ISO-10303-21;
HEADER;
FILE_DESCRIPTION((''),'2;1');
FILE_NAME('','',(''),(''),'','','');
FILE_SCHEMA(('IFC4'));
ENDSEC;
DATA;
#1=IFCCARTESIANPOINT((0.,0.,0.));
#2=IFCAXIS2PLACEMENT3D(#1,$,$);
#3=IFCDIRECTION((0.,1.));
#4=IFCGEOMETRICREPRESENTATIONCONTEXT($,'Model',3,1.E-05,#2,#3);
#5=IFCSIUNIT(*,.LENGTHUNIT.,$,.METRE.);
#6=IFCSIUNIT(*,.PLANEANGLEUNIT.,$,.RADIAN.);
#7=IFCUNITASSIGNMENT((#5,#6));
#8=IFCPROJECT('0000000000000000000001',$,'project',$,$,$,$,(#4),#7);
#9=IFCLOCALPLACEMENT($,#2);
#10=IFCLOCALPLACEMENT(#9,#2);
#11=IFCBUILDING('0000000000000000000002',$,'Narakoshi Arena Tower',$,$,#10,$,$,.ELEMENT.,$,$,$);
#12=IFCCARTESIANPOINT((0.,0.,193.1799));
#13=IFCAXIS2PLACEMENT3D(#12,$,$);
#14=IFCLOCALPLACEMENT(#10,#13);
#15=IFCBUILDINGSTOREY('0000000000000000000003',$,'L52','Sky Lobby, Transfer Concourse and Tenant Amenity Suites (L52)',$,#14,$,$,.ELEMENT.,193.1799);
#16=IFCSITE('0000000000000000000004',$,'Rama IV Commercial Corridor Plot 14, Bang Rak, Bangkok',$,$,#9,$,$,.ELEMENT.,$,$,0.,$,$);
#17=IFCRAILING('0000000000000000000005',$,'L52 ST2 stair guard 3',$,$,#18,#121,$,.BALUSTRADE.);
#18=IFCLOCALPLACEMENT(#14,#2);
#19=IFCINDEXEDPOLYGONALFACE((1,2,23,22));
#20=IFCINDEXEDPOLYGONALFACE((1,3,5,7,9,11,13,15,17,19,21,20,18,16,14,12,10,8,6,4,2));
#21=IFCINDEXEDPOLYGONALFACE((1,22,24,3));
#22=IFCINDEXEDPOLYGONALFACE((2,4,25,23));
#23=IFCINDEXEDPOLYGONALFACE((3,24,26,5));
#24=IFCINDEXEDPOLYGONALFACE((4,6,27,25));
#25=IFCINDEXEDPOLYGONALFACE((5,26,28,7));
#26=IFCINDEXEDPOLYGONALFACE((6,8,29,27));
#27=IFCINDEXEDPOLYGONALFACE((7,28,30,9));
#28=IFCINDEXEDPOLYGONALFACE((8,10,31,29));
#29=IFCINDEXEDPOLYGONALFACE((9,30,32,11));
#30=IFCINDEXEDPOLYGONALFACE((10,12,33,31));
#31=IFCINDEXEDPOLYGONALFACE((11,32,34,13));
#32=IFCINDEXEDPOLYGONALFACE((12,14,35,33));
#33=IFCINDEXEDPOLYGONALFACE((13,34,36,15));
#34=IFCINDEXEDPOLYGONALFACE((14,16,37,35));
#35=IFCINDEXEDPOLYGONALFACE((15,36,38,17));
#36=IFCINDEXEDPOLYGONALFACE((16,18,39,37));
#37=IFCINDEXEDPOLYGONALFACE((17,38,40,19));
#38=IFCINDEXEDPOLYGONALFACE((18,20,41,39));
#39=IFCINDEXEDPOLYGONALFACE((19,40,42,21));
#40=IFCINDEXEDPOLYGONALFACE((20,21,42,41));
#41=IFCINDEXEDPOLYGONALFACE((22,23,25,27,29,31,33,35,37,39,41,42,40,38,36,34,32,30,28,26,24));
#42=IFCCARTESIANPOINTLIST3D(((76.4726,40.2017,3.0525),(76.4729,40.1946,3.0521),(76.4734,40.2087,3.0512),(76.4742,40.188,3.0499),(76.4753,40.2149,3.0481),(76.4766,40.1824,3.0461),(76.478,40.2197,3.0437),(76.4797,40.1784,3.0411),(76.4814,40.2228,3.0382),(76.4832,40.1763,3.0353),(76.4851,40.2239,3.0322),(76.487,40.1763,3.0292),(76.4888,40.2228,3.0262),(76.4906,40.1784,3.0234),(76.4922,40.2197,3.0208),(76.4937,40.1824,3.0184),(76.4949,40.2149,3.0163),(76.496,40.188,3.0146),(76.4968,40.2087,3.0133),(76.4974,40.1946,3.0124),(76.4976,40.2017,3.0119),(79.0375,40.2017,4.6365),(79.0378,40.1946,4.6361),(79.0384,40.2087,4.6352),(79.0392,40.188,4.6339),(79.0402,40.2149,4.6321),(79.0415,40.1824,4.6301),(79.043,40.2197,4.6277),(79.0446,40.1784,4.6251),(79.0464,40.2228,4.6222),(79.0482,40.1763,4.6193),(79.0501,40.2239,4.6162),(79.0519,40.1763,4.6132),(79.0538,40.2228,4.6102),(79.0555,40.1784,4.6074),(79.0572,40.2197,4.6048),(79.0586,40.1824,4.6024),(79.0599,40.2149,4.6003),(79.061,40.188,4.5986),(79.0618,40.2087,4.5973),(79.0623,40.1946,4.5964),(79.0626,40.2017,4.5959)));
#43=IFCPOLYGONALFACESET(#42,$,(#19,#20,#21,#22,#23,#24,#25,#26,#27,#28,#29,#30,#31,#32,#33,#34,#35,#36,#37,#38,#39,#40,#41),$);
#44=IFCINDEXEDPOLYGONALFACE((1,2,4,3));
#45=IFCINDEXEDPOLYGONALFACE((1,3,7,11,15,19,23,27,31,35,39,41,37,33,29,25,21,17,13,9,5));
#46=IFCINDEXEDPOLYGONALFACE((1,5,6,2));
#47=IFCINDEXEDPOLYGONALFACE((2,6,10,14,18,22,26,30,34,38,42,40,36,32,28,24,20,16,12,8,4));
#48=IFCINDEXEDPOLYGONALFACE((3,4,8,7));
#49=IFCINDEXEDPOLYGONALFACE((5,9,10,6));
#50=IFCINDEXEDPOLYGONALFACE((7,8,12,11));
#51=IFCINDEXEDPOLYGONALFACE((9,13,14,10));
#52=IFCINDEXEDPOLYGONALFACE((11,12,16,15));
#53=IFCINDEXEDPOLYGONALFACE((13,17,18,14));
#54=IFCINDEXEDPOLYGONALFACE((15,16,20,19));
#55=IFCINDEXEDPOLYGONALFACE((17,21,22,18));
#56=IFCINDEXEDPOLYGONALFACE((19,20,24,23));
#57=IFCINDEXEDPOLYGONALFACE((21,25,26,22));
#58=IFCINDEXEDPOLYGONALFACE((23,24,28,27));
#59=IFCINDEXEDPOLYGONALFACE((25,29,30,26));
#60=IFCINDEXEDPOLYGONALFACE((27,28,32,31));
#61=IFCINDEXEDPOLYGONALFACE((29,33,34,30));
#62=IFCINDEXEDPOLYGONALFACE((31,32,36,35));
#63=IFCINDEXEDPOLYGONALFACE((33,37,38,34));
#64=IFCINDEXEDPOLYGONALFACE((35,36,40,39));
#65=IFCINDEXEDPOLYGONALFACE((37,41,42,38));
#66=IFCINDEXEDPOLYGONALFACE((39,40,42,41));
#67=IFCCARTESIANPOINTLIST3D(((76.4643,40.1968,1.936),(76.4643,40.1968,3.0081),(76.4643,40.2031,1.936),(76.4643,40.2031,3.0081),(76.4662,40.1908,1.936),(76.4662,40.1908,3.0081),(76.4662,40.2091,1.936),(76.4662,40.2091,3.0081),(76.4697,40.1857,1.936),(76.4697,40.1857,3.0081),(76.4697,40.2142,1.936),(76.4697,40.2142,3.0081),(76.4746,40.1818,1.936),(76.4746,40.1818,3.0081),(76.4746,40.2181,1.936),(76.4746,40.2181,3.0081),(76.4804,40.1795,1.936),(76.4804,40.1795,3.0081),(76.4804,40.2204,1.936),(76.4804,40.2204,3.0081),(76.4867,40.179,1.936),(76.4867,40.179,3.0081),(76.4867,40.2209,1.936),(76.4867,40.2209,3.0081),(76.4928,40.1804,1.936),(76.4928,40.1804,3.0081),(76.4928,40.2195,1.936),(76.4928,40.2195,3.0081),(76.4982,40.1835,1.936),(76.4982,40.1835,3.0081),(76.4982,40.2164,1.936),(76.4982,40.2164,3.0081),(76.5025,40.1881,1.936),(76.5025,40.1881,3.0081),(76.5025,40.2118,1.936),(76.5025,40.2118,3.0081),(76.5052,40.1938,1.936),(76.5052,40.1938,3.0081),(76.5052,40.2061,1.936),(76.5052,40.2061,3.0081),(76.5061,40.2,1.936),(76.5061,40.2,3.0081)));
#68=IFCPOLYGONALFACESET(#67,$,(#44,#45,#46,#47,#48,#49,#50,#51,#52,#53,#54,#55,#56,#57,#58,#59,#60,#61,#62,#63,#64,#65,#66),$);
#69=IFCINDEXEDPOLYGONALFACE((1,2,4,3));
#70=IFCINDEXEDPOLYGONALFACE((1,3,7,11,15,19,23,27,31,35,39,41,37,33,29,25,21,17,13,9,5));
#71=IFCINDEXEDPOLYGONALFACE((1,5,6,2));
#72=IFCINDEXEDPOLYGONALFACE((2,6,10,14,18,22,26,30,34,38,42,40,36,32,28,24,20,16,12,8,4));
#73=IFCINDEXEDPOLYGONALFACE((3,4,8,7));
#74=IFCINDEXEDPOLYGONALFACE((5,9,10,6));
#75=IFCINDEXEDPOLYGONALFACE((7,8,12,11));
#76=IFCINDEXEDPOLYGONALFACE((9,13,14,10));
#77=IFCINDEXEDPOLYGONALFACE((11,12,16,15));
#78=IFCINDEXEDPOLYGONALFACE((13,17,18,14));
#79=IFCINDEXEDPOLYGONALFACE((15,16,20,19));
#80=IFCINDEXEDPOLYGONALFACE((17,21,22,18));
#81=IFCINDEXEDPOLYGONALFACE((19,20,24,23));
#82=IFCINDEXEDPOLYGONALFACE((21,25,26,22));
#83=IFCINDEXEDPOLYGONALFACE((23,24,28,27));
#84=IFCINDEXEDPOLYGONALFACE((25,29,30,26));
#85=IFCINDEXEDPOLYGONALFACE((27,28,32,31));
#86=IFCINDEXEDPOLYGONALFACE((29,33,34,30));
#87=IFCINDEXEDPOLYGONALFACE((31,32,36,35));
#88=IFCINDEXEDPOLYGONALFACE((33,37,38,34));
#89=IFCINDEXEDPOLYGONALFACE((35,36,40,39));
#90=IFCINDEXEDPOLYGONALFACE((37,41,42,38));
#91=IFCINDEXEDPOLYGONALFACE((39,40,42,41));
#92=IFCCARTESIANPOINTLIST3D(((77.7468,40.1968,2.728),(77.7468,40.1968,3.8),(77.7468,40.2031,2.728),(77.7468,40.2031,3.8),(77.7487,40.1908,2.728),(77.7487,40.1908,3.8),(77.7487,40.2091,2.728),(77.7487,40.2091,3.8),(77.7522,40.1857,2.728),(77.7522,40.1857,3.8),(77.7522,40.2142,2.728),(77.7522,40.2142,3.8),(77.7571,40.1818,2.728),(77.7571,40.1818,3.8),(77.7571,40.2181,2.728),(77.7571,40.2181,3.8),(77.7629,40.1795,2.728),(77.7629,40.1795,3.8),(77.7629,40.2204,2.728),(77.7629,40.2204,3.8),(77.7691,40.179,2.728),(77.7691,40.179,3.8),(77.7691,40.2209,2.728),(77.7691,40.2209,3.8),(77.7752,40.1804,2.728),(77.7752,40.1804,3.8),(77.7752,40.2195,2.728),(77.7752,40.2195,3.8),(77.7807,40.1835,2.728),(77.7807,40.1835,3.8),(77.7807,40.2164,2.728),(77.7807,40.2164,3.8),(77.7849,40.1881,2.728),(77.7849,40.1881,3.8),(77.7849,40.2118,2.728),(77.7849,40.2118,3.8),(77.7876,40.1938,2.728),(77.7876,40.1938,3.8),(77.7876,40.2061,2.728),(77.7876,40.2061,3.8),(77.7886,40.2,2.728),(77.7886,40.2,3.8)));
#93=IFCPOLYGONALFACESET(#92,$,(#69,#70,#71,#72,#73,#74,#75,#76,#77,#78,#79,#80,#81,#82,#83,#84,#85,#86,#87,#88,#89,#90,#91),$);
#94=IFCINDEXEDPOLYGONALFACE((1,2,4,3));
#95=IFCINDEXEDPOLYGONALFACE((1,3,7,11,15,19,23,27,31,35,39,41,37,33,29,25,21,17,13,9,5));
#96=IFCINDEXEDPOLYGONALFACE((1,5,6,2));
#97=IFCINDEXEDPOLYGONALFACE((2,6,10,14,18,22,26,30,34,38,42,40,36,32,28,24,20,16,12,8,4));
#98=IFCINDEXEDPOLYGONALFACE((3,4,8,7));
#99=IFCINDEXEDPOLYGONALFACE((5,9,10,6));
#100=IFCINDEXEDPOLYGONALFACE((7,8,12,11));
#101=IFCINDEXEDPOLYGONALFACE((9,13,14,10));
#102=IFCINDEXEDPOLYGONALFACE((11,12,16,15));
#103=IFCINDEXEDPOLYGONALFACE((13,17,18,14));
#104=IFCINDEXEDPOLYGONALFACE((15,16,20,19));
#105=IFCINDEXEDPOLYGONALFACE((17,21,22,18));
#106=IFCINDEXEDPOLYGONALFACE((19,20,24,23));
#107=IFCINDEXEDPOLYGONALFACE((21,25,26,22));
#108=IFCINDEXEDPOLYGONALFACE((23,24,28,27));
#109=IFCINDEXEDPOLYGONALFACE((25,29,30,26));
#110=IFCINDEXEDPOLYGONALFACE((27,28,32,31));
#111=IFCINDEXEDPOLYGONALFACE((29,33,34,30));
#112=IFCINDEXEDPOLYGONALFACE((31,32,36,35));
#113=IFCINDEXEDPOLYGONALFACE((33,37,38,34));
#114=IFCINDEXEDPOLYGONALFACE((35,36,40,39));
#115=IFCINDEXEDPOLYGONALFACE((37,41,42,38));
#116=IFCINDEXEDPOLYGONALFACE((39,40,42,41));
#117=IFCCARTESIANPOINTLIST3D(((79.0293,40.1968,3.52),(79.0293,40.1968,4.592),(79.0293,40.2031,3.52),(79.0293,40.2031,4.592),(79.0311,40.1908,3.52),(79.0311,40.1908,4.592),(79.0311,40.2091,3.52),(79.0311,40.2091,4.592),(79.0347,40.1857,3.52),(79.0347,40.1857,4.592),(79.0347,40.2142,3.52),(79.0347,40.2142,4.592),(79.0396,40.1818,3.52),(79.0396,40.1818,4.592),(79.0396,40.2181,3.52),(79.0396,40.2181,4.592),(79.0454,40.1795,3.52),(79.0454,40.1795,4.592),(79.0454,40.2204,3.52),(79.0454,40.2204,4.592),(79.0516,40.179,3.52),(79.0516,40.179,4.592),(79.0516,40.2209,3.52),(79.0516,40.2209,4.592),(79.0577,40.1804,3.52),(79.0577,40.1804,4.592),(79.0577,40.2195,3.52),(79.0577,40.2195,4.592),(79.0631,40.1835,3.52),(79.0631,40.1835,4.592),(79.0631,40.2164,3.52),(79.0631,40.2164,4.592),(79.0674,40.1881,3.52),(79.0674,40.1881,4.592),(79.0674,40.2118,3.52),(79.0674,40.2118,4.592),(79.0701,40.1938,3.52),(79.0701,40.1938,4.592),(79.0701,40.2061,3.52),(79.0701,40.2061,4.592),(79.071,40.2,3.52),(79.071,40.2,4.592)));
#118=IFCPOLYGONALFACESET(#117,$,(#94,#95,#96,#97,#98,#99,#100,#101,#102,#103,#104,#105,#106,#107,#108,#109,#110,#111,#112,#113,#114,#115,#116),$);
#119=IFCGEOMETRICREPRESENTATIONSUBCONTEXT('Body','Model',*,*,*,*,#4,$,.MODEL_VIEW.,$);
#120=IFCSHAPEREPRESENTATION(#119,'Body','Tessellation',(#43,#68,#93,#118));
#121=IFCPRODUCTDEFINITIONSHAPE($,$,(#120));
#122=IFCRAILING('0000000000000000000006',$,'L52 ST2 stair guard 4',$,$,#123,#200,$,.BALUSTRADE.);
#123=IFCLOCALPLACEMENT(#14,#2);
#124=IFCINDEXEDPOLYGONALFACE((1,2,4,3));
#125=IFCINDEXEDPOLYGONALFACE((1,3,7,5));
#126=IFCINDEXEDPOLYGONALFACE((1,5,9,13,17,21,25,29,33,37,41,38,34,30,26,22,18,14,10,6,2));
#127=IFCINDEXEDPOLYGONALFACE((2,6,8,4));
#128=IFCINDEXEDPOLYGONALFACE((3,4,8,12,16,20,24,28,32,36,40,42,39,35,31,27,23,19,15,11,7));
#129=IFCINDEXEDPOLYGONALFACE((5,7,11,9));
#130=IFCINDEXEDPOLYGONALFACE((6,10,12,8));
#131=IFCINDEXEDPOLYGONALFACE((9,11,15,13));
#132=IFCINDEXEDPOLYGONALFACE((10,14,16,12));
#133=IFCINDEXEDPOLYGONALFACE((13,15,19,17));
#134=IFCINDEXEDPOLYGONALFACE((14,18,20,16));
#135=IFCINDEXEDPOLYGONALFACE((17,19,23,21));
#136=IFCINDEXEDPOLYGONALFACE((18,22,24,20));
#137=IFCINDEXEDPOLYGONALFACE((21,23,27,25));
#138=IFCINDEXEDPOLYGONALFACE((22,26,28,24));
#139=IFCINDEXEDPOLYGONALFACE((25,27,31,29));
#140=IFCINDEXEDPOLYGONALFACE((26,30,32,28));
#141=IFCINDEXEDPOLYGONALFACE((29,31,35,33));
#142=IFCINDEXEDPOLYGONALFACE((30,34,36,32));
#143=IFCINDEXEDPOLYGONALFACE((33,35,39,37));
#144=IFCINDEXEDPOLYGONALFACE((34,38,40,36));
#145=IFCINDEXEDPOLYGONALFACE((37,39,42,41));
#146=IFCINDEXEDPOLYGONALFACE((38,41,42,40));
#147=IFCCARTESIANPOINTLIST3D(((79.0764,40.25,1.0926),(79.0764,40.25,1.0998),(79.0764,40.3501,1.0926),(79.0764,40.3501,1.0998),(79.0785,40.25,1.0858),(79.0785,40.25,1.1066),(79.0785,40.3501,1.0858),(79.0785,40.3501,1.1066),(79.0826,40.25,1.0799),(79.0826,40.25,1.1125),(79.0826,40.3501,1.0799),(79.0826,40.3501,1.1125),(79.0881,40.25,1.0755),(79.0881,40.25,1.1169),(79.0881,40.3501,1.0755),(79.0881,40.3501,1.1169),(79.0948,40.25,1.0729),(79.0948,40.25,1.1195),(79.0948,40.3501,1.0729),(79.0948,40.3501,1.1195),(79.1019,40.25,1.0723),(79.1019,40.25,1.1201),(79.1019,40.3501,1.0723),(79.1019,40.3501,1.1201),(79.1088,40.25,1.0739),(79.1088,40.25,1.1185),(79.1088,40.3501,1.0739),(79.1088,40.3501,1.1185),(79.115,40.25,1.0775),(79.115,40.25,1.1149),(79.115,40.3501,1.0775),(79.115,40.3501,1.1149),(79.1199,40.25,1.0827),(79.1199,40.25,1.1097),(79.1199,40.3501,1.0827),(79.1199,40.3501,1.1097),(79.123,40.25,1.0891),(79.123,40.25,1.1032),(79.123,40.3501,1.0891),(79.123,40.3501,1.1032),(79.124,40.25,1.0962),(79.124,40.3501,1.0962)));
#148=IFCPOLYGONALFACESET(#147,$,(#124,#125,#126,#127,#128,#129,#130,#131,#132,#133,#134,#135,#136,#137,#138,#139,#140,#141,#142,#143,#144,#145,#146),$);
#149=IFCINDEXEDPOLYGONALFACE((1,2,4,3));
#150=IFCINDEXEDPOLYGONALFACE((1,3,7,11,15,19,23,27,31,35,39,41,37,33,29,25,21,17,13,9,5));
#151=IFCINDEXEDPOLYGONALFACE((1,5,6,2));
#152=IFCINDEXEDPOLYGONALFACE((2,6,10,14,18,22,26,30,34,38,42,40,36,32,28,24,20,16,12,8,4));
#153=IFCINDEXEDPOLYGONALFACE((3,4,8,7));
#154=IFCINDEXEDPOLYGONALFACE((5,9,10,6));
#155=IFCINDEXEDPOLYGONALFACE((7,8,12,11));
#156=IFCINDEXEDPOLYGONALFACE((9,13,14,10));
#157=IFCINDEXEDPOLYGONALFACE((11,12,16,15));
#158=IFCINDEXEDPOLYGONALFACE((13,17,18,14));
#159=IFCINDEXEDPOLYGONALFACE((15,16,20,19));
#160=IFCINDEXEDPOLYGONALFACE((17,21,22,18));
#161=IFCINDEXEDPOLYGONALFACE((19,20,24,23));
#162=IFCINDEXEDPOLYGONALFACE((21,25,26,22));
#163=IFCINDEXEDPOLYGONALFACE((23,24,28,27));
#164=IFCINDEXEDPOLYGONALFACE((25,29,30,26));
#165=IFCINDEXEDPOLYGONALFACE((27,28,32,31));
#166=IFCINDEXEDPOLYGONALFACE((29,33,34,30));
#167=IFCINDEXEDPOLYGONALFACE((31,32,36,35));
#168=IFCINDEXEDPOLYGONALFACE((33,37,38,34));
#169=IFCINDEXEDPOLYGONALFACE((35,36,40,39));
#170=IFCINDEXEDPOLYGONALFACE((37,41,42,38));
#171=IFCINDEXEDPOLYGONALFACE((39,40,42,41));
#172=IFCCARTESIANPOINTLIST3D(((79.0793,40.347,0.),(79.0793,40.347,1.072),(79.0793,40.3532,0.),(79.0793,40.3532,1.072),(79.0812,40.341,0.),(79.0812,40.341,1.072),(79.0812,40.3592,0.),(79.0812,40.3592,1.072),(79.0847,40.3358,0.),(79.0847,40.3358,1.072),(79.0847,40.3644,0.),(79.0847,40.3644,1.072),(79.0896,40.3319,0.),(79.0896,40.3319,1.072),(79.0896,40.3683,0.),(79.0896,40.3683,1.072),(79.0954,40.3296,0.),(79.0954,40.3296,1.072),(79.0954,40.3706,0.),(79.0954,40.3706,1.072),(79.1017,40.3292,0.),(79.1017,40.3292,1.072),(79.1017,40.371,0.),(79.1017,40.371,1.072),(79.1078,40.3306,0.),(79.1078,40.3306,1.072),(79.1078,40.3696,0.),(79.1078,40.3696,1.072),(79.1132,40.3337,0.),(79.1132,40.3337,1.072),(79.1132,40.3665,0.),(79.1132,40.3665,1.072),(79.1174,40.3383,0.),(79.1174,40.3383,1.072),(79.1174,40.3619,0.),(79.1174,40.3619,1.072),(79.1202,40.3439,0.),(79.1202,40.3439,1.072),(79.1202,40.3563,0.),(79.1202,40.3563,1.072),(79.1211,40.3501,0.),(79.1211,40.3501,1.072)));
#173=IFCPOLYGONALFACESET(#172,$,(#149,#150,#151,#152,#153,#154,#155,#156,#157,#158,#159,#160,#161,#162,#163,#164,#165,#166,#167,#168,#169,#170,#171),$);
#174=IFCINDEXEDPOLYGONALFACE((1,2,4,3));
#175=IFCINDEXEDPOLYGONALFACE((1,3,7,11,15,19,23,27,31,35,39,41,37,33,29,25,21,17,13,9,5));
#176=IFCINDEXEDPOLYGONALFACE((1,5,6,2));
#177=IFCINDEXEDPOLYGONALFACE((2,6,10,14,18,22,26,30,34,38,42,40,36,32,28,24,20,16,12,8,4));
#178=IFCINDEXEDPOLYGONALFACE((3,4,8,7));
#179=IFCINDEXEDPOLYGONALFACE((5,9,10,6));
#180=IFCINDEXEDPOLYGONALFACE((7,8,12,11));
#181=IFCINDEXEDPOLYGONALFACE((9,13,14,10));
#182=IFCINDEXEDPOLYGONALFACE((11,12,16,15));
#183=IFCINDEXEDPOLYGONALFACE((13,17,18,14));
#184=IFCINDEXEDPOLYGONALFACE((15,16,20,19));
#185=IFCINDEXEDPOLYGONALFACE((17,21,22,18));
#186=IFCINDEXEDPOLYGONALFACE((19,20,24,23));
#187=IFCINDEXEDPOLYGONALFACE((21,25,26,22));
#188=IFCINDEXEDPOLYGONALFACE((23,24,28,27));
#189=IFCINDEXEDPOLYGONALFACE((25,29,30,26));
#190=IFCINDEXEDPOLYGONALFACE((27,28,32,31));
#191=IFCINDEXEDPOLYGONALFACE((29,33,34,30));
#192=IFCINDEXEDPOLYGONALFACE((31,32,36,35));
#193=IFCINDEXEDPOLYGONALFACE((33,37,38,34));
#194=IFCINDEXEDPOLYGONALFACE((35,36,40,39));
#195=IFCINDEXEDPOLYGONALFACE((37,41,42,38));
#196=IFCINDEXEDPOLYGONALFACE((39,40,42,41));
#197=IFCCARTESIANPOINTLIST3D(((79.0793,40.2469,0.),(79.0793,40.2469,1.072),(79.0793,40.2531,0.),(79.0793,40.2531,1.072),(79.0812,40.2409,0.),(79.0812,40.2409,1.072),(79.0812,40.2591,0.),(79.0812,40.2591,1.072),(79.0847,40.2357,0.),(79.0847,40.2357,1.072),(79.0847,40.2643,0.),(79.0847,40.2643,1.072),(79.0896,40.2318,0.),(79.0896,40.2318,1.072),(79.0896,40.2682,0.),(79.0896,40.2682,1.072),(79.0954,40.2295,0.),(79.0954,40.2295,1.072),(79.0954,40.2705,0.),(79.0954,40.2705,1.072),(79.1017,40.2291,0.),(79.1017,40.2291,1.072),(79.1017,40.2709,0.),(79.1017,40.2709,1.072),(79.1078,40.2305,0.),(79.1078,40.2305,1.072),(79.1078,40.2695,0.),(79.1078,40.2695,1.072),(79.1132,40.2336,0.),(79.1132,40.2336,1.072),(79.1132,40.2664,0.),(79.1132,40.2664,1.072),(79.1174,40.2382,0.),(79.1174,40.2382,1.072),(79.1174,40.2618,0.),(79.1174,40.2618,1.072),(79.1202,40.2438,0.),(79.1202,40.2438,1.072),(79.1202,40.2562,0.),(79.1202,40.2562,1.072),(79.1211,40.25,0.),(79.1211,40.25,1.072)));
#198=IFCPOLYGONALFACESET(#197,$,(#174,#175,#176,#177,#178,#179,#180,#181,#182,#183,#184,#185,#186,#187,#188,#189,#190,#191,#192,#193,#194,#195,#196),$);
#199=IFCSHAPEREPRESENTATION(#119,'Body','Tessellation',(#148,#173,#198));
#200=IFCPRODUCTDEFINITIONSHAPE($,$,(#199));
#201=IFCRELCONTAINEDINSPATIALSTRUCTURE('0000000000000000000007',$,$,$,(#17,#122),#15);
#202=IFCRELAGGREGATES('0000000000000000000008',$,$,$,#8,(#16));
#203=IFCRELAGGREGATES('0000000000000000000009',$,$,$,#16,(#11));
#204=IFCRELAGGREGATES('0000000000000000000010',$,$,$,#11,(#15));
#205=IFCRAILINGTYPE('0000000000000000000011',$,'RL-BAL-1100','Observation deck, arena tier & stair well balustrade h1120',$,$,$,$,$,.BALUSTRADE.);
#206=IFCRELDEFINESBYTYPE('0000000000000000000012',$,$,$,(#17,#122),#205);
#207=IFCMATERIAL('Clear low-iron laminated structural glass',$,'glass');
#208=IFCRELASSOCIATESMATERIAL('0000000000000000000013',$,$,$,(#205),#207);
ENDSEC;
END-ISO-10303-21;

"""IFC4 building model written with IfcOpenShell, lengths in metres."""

from ifc_helpers import new_model, si_unit, direction, frame, origin, origin_2d, place, context, subcontext, project, spatial, circle, extrude, material, type_object, element, save


model = new_model("IFC4")

# Units and contexts
model_context = context("Model", 3, precision=1e-05, world=origin(), true_north=direction((0.0, 1.0)))
body_context = subcontext(model_context, "Body", "Model", "MODEL_VIEW")
ifc_project = project(units=[si_unit("LENGTHUNIT", "METRE"), si_unit("PLANEANGLEUNIT", "RADIAN")], contexts=[model_context])

# Site, building, storey
site_placement = place(None, origin())
site = spatial("IfcSite", under=ifc_project, at=site_placement, Name="Rama IV Commercial Corridor Plot 14, Bang Rak, Bangkok", CompositionType="ELEMENT", RefElevation=0.0)
building_placement = place(site_placement, origin())
building = spatial("IfcBuilding", under=site, at=building_placement, Name="Narakoshi Arena Tower", CompositionType="ELEMENT")
storey_placement = place(building_placement, frame((0.0, 0.0, 193.1799)))
storey = spatial("IfcBuildingStorey", under=building, at=storey_placement, Name="L52", Description="Sky Lobby, Transfer Concourse and Tenant Amenity Suites (L52)", CompositionType="ELEMENT", Elevation=193.1799)

# Railings
ifc_material_1 = material(Name="Clear low-iron laminated structural glass", Category="glass")
railing_type_1 = type_object("IfcRailingType", Name="RL-BAL-1100", Description="Observation deck, arena tier & stair well balustrade h1120", PredefinedType="BALUSTRADE", material=ifc_material_1)
railing_1_placement = place(storey_placement, frame((76.4851, 40.2, 1.936)))
element("IfcRailing", 1, at=railing_1_placement, inside=storey, type_object=railing_type_1, Name="L52 ST2 stair guard 3", PredefinedType="BALUSTRADE", context=body_context, shape_type="SweptSolid", body=[
    extrude(circle(Radius=0.0239, at=origin_2d()), frame((0.0, 0.0, 1.0962), z_axis=(0.850834, 0.0, 0.525434), x_axis=(0.0, 1.0, 0.0)), (0.0, 0.0, 1.0), 3.0146),
    extrude(circle(Radius=0.021, at=origin_2d()), origin(), (0.0, 0.0, 1.0), 1.072),
    extrude(circle(Radius=0.021, at=origin_2d()), frame((1.2825, 0.0, 0.792)), (0.0, 0.0, 1.0), 1.072),
    extrude(circle(Radius=0.021, at=origin_2d()), frame((2.5649, 0.0, 1.584)), (0.0, 0.0, 1.0), 1.072),
])
railing_2_placement = place(storey_placement, frame((79.1001, 40.3501, 0.0)))
element("IfcRailing", 2, at=railing_2_placement, inside=storey, type_object=railing_type_1, Name="L52 ST2 stair guard 4", PredefinedType="BALUSTRADE", context=body_context, shape_type="SweptSolid", body=[
    extrude(circle(Radius=0.0239, at=origin_2d()), frame((0.0, 0.0, 1.0962), z_axis=(0.0, -1.0, 0.0), x_axis=(1.0, 0.0, 0.0)), (0.0, 0.0, 1.0), 0.1001),
    extrude(circle(Radius=0.021, at=origin_2d()), origin(), (0.0, 0.0, 1.0), 1.072),
    extrude(circle(Radius=0.021, at=origin_2d()), frame((0.0, -0.1001, 0.0)), (0.0, 0.0, 1.0), 1.072),
])

save(model, "model.ifc")
